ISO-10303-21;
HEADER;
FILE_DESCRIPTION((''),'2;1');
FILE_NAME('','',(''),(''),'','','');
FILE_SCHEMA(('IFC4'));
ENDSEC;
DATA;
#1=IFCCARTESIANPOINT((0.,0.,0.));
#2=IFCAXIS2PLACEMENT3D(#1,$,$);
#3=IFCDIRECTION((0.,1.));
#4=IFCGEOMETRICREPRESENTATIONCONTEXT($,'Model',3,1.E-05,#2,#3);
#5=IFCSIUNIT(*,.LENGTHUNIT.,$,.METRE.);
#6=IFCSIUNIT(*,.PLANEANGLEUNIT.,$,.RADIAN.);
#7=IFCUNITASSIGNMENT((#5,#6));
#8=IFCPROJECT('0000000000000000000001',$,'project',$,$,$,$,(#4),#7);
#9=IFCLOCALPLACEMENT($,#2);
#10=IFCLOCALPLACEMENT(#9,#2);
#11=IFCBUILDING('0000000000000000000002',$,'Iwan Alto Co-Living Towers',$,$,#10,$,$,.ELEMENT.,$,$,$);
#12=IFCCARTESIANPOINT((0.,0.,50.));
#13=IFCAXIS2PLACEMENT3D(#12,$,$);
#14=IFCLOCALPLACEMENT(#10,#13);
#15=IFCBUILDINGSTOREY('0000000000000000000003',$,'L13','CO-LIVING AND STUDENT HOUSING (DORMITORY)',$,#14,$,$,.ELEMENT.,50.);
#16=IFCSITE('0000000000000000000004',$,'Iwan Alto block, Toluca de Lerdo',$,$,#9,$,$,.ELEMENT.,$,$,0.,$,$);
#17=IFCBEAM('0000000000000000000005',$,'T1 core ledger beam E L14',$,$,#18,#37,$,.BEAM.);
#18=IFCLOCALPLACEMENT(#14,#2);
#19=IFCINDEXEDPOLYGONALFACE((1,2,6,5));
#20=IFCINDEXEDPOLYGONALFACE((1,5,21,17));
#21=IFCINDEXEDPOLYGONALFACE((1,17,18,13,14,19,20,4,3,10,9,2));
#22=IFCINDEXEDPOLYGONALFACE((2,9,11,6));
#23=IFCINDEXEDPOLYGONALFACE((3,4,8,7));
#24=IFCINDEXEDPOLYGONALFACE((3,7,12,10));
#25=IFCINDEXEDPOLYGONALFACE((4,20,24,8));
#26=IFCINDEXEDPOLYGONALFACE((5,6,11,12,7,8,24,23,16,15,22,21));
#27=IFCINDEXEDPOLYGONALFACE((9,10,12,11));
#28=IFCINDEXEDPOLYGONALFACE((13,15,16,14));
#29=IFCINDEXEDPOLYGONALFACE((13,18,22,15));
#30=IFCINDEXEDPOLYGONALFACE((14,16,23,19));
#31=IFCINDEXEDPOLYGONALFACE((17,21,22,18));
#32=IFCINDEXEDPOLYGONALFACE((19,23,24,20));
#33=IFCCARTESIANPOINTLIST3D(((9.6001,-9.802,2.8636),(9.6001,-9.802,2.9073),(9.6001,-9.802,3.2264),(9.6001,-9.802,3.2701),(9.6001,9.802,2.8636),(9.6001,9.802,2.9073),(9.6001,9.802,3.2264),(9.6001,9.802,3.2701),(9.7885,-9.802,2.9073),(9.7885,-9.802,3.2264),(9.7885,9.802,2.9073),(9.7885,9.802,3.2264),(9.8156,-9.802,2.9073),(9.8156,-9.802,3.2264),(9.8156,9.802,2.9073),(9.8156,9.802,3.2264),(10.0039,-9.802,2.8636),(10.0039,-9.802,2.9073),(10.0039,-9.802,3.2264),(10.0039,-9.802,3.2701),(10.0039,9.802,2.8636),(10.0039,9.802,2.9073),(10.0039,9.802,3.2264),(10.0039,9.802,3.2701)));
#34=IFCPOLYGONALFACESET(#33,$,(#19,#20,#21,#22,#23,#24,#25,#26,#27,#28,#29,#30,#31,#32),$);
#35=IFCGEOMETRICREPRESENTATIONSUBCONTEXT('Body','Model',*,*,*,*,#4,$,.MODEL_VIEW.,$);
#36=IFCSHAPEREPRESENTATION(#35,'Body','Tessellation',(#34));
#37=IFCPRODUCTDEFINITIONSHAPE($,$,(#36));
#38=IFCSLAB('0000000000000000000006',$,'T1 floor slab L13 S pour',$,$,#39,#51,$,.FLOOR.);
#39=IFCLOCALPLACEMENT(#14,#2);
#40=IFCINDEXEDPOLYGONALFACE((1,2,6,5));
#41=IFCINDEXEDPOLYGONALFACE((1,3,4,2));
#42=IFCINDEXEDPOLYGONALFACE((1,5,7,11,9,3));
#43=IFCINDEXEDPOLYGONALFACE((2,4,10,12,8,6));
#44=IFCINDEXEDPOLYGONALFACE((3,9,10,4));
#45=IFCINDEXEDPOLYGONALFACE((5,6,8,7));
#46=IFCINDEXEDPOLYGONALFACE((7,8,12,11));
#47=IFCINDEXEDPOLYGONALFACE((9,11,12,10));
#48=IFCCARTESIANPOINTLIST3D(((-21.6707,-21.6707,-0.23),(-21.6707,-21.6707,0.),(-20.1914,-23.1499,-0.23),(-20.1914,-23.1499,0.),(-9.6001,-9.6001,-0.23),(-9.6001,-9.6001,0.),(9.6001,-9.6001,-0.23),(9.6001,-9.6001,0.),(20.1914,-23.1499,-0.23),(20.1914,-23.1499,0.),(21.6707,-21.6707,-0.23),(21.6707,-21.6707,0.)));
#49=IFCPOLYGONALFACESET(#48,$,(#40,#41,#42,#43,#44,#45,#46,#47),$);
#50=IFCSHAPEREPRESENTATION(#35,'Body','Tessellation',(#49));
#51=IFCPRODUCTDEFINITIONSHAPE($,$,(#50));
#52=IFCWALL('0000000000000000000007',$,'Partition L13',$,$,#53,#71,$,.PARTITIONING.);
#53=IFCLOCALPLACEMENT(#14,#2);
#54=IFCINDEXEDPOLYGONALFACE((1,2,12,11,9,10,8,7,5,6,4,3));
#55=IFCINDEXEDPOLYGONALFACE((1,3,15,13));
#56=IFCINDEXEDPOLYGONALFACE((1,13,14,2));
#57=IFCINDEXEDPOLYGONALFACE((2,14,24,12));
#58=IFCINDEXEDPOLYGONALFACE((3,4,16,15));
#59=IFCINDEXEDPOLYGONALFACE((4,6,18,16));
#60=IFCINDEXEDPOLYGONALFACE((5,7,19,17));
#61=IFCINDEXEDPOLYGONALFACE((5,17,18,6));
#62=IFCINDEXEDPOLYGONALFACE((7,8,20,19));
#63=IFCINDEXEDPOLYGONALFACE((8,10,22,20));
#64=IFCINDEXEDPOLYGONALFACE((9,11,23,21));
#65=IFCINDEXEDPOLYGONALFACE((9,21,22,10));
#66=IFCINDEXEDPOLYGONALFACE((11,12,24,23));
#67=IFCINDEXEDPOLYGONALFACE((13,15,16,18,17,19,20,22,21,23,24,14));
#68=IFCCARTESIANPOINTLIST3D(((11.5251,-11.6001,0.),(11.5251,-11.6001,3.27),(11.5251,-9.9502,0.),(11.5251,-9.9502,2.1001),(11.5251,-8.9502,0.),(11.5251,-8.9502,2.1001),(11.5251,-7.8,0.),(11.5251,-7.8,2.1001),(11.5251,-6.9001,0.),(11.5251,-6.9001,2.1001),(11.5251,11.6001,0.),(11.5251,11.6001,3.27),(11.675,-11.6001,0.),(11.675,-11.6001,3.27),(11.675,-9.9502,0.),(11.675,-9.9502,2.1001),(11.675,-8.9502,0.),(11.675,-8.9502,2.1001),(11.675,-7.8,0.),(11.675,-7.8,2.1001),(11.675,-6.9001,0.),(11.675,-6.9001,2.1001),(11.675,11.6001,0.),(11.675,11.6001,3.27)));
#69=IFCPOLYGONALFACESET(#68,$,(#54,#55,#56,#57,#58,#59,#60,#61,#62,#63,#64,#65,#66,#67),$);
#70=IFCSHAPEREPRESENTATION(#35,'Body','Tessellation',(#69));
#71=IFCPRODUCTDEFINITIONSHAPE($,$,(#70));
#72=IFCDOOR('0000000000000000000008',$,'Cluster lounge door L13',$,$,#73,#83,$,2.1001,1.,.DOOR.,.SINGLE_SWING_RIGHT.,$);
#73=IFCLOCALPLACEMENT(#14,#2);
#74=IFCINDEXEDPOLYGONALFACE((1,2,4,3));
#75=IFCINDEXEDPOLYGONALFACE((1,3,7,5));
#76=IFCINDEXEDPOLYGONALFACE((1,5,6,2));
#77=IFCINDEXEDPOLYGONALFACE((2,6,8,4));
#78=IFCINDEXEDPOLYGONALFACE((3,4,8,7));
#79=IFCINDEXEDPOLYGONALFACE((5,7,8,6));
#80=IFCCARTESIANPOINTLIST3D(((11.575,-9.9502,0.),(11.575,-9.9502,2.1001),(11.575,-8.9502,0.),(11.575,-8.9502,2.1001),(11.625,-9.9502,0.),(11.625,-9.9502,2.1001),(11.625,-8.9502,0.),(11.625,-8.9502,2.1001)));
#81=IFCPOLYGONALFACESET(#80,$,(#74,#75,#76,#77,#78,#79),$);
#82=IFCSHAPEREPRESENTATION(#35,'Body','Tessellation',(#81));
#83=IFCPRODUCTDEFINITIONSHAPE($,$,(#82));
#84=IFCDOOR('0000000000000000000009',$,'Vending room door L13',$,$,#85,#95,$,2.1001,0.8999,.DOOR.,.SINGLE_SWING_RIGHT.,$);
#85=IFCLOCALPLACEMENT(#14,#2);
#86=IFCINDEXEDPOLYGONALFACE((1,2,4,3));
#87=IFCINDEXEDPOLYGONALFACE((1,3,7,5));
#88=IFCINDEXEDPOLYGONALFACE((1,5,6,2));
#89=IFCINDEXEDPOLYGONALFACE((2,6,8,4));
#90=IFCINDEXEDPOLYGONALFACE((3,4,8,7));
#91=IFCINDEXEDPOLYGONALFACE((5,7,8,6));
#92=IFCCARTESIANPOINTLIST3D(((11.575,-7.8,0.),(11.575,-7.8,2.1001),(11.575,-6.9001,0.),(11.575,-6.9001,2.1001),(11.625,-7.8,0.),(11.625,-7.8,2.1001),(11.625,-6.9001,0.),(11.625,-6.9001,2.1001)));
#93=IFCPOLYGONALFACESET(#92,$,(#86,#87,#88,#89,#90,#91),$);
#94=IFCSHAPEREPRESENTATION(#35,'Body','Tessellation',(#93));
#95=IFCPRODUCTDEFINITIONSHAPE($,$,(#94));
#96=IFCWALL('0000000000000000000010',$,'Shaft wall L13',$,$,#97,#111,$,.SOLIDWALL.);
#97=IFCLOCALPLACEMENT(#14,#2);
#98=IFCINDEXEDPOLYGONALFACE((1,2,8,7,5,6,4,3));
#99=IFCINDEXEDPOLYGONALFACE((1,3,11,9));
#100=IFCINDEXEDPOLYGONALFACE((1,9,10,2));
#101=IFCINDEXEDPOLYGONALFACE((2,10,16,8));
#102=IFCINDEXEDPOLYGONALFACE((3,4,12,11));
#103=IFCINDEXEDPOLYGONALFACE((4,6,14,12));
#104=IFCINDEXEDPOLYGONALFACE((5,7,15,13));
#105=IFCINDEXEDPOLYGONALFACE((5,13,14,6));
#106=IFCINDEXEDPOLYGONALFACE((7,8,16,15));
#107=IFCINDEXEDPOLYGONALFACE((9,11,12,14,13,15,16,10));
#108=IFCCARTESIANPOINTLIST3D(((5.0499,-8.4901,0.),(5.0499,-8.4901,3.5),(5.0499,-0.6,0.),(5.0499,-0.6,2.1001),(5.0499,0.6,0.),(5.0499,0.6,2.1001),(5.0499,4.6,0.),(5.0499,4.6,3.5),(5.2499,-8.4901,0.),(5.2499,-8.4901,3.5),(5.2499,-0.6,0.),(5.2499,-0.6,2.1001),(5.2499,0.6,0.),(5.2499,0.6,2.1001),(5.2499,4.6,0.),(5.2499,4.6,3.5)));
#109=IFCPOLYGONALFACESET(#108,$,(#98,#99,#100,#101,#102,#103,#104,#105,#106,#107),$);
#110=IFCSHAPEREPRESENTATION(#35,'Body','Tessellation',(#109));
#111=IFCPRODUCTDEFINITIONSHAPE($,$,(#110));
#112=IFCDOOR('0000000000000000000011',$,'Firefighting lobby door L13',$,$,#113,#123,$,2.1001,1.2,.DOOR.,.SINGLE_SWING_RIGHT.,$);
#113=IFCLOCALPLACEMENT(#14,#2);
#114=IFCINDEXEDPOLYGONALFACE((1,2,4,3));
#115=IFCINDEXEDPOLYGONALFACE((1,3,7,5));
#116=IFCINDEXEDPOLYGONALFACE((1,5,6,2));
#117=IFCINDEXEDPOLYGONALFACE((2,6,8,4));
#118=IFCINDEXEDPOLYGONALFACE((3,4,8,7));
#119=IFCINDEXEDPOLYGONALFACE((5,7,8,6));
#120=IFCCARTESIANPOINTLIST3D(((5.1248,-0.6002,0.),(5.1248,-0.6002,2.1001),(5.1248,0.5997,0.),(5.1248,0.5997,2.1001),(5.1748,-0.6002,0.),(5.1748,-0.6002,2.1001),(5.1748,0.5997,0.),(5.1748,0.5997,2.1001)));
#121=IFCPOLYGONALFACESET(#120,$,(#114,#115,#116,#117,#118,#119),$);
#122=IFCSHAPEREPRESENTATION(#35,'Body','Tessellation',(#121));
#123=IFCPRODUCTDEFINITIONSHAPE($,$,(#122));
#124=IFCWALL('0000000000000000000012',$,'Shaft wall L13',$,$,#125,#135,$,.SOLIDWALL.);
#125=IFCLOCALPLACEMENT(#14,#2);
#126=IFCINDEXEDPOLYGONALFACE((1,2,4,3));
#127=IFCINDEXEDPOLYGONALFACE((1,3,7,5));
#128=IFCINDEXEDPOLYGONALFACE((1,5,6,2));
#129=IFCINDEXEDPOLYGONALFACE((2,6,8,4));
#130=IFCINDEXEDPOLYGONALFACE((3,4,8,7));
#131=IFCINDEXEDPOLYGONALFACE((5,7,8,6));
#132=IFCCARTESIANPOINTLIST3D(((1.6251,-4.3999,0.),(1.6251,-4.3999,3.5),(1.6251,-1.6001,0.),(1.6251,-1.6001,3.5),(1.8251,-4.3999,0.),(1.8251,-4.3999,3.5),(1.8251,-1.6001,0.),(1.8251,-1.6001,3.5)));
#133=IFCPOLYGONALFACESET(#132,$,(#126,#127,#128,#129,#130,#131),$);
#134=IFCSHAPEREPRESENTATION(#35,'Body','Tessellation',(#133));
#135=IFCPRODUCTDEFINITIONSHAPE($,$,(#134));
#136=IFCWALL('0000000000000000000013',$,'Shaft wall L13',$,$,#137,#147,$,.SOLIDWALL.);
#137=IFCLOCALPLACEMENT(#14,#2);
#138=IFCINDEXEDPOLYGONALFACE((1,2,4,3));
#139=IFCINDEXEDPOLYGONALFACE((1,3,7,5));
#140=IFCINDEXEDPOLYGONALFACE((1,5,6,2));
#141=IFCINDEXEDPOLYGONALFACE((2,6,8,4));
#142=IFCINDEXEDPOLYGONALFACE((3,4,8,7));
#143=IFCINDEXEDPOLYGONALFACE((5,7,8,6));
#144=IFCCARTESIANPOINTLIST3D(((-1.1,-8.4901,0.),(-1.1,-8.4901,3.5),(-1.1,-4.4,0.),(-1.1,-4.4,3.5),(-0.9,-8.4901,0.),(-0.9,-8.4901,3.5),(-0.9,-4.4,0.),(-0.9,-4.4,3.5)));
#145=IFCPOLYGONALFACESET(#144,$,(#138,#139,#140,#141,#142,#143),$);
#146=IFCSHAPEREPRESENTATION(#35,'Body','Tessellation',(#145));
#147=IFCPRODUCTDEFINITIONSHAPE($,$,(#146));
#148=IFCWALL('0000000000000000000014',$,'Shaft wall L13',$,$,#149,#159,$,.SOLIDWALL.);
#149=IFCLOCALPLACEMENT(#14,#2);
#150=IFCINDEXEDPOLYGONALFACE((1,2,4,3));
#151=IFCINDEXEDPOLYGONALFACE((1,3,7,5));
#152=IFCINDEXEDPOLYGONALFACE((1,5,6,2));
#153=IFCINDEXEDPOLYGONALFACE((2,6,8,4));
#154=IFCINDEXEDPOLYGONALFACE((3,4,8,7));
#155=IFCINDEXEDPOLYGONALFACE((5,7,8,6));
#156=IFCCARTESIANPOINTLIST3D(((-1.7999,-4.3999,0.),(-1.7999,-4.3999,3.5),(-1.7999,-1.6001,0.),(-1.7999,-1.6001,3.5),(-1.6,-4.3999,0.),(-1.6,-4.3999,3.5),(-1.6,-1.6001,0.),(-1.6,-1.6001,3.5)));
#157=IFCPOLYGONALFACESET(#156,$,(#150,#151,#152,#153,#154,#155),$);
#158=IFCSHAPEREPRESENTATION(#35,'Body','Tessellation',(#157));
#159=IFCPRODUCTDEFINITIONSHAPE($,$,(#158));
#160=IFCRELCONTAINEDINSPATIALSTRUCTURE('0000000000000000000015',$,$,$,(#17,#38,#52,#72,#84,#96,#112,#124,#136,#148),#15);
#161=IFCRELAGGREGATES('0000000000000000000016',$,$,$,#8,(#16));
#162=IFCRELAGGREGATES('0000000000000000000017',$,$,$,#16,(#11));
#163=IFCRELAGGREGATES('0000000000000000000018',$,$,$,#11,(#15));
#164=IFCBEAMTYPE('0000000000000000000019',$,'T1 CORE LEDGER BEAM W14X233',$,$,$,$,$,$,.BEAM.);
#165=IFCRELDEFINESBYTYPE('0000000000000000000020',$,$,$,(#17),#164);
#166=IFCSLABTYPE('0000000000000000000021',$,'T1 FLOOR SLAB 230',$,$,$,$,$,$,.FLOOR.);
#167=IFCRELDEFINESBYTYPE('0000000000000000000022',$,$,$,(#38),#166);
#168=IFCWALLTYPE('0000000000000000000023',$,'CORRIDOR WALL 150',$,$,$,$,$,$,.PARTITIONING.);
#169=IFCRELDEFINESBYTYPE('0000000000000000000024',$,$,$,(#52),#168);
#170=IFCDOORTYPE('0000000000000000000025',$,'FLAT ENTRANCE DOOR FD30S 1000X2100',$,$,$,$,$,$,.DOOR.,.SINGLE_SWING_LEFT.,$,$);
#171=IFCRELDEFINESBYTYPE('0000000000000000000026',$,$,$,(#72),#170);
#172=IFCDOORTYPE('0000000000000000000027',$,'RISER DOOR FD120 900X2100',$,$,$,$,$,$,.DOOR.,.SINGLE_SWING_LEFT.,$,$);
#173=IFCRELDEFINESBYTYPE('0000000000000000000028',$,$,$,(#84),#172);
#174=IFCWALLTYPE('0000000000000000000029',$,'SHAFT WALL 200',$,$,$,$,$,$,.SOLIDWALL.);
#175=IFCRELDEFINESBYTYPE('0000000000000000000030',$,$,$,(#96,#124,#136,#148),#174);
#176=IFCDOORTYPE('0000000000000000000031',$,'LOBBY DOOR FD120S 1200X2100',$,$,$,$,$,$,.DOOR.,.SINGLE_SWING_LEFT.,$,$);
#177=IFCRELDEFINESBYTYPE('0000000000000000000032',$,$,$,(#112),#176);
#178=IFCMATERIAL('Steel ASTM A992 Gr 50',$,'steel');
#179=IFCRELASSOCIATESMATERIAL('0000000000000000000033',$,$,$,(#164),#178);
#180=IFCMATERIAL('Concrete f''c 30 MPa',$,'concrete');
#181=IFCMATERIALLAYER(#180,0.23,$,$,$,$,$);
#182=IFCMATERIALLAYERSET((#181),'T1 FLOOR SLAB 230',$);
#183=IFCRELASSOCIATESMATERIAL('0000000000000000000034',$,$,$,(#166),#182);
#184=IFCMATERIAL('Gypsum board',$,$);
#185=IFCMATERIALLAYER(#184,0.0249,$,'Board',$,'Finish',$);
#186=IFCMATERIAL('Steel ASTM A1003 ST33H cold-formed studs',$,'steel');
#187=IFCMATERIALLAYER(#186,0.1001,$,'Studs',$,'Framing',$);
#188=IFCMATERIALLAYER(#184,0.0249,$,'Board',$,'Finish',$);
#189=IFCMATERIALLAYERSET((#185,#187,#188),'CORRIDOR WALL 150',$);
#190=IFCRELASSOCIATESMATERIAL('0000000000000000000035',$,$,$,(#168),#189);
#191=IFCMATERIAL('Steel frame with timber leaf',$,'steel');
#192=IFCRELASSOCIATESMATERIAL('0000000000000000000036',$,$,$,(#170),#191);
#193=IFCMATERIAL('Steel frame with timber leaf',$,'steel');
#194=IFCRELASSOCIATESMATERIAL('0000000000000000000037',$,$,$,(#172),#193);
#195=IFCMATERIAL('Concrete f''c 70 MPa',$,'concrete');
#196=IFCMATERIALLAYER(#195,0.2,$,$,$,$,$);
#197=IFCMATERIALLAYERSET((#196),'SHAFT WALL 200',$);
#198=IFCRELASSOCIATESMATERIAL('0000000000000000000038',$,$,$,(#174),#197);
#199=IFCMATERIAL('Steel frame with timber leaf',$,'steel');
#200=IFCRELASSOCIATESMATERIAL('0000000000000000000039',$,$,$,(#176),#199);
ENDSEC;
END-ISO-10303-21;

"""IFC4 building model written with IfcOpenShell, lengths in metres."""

from ifc_helpers import new_model, si_unit, direction, frame, frame_2d, origin, origin_2d, place, context, subcontext, project, spatial, polyline, rectangle, i_section, outline, extrude, material, layer, layer_set, material_profile, profile_set, type_object, element, fill, save


model = new_model("IFC4")

# Units and contexts
model_context = context("Model", 3, precision=1e-05, world=origin(), true_north=direction((0.0, 1.0)))
body_context = subcontext(model_context, "Body", "Model", "MODEL_VIEW")
ifc_project = project(units=[si_unit("LENGTHUNIT", "METRE"), si_unit("PLANEANGLEUNIT", "RADIAN")], contexts=[model_context])

# Site, building, storey
site_placement = place(None, origin())
site = spatial("IfcSite", under=ifc_project, at=site_placement, Name="Iwan Alto block, Toluca de Lerdo", CompositionType="ELEMENT", RefElevation=0.0)
building_placement = place(site_placement, origin())
building = spatial("IfcBuilding", under=site, at=building_placement, Name="Iwan Alto Co-Living Towers", CompositionType="ELEMENT")
storey_placement = place(building_placement, frame((0.0, 0.0, 50.0)))
storey = spatial("IfcBuildingStorey", under=building, at=storey_placement, Name="L13", Description="CO-LIVING AND STUDENT HOUSING (DORMITORY)", CompositionType="ELEMENT", Elevation=50.0)

# Beam
ifc_material_1 = material(Name="Steel ASTM A992 Gr 50", Category="steel")
ifc_material_profile = material_profile(ifc_material_1, i_section(OverallWidth=0.4038, OverallDepth=0.4065, WebThickness=0.0271, FlangeThickness=0.0437, at=origin_2d()), Name="W14X233")
ifc_profile_set = profile_set([ifc_material_profile], Name="Steel ASTM A992 Gr 50")
beam_type = type_object("IfcBeamType", Name="T1 CORE LEDGER BEAM W14X233", PredefinedType="BEAM", material=ifc_profile_set)
beam_placement = place(storey_placement, frame((9.802, -9.802, 3.0669), z_axis=(0.0, 1.0, 0.0), x_axis=(-1.0, 0.0, 0.0)))
element("IfcBeam", 1, at=beam_placement, inside=storey, type_object=beam_type, Name="T1 core ledger beam E L14", PredefinedType="BEAM", context=body_context, shape_type="SweptSolid", body=[
    extrude(i_section(OverallWidth=0.4038, OverallDepth=0.4065, WebThickness=0.0271, FlangeThickness=0.0437, at=origin_2d()), origin(), (0.0, 0.0, 1.0), 19.604),
])

# Slab
ifc_material_2 = material(Name="Concrete f'c 30 MPa", Category="concrete")
ifc_layer_1 = layer(ifc_material_2, 0.23)
ifc_layer_set_1 = layer_set([ifc_layer_1], Name="T1 FLOOR SLAB 230")
slab_type = type_object("IfcSlabType", Name="T1 FLOOR SLAB 230", PredefinedType="FLOOR", material=ifc_layer_set_1)
slab_placement = place(storey_placement, frame((0.0, 0.0, -0.23)))
element("IfcSlab", 2, at=slab_placement, inside=storey, type_object=slab_type, Name="T1 floor slab L13 S pour", PredefinedType="FLOOR", context=body_context, shape_type="SweptSolid", body=[
    extrude(outline(polyline([(20.1914, -23.1499), (-20.1914, -23.1499), (-21.6707, -21.6707), (-9.6001, -9.6001), (9.6001, -9.6001), (21.6707, -21.6707), (20.1914, -23.1499)])), origin(), (0.0, 0.0, 1.0), 0.23),
])

# Wall, openings, doors
ifc_material_3 = material(Name="Gypsum board")
ifc_layer_2 = layer(ifc_material_3, 0.0249, Name="Board", Category="Finish")
ifc_material_4 = material(Name="Steel ASTM A1003 ST33H cold-formed studs", Category="steel")
ifc_layer_3 = layer(ifc_material_4, 0.1001, Name="Studs", Category="Framing")
ifc_layer_4 = layer(ifc_material_3, 0.0249, Name="Board", Category="Finish")
ifc_layer_set_2 = layer_set([ifc_layer_2, ifc_layer_3, ifc_layer_4], Name="CORRIDOR WALL 150")
wall_type_1 = type_object("IfcWallType", Name="CORRIDOR WALL 150", PredefinedType="PARTITIONING", material=ifc_layer_set_2)
wall_1_placement = place(storey_placement, frame((11.6001, -11.6001, 0.0), z_axis=(0.0, 0.0, 1.0), x_axis=(0.0, 1.0, 0.0)))
wall_1 = element("IfcWall", 3, at=wall_1_placement, inside=storey, type_object=wall_type_1, Name="Partition L13", PredefinedType="PARTITIONING", context=body_context, shape_type="SweptSolid", body=[
    extrude(rectangle(XDim=23.2002, YDim=0.1499, at=frame_2d((11.6001, 0.0))), origin(), (0.0, 0.0, 1.0), 3.27),
])
opening_1_placement = place(wall_1_placement, frame((1.6499, 0.0, 0.0)))
opening_1 = element("IfcOpeningElement", 4, at=opening_1_placement, cuts=wall_1, PredefinedType="OPENING", context=body_context, shape_type="SweptSolid", body=[
    extrude(rectangle(XDim=1.0, YDim=2.1001, at=frame_2d((0.5, 1.05))), frame((0.0, 0.085, 0.0), z_axis=(0.0, -1.0, 0.0), x_axis=(1.0, 0.0, 0.0)), (0.0, 0.0, 1.0), 0.1699),
])
opening_2_placement = place(wall_1_placement, frame((3.8, 0.0, 0.0)))
opening_2 = element("IfcOpeningElement", 5, at=opening_2_placement, cuts=wall_1, PredefinedType="OPENING", context=body_context, shape_type="SweptSolid", body=[
    extrude(rectangle(XDim=0.8999, YDim=2.1001, at=frame_2d((0.45, 1.05))), frame((0.0, 0.085, 0.0), z_axis=(0.0, -1.0, 0.0), x_axis=(1.0, 0.0, 0.0)), (0.0, 0.0, 1.0), 0.1699),
])
ifc_material_5 = material(Name="Steel frame with timber leaf", Category="steel")
door_type_1 = type_object("IfcDoorType", Name="FLAT ENTRANCE DOOR FD30S 1000X2100", OperationType="SINGLE_SWING_LEFT", PredefinedType="DOOR", material=ifc_material_5)
door_1_placement = place(opening_1_placement, frame((1.0, 0.0, 0.0), z_axis=(0.0, 0.0, 1.0), x_axis=(-1.0, 0.0, 0.0)))
door_1 = element("IfcDoor", 6, at=door_1_placement, inside=storey, type_object=door_type_1, Name="Cluster lounge door L13", OperationType="SINGLE_SWING_RIGHT", OverallHeight=2.1001, OverallWidth=1.0, PredefinedType="DOOR", context=body_context, shape_type="SweptSolid", body=[
    extrude(rectangle(XDim=1.0, YDim=2.1001, at=frame_2d((0.5, 1.05))), frame((0.0, 0.0249, 0.0), z_axis=(0.0, -1.0, 0.0), x_axis=(1.0, 0.0, 0.0)), (0.0, 0.0, 1.0), 0.05),
])
fill(opening_1, door_1)
ifc_material_6 = material(Name="Steel frame with timber leaf", Category="steel")
door_type_2 = type_object("IfcDoorType", Name="RISER DOOR FD120 900X2100", OperationType="SINGLE_SWING_LEFT", PredefinedType="DOOR", material=ifc_material_6)
door_2_placement = place(opening_2_placement, frame((0.8999, 0.0, 0.0), z_axis=(0.0, 0.0, 1.0), x_axis=(-1.0, 0.0, 0.0)))
door_2 = element("IfcDoor", 7, at=door_2_placement, inside=storey, type_object=door_type_2, Name="Vending room door L13", OperationType="SINGLE_SWING_RIGHT", OverallHeight=2.1001, OverallWidth=0.8999, PredefinedType="DOOR", context=body_context, shape_type="SweptSolid", body=[
    extrude(rectangle(XDim=0.8999, YDim=2.1001, at=frame_2d((0.45, 1.05))), frame((0.0, 0.0249, 0.0), z_axis=(0.0, -1.0, 0.0), x_axis=(1.0, 0.0, 0.0)), (0.0, 0.0, 1.0), 0.05),
])
fill(opening_2, door_2)

# Wall, opening, door
ifc_material_7 = material(Name="Concrete f'c 70 MPa", Category="concrete")
ifc_layer_5 = layer(ifc_material_7, 0.2)
ifc_layer_set_3 = layer_set([ifc_layer_5], Name="SHAFT WALL 200")
wall_type_2 = type_object("IfcWallType", Name="SHAFT WALL 200", PredefinedType="SOLIDWALL", material=ifc_layer_set_3)
wall_2_placement = place(storey_placement, frame((5.1499, -8.49, 0.0), z_axis=(0.0, 0.0, 1.0), x_axis=(0.0, 1.0, 0.0)))
wall_2 = element("IfcWall", 8, at=wall_2_placement, inside=storey, type_object=wall_type_2, Name="Shaft wall L13", PredefinedType="SOLIDWALL", context=body_context, shape_type="SweptSolid", body=[
    extrude(rectangle(XDim=13.0901, YDim=0.2, at=frame_2d((6.5449, 0.0))), origin(), (0.0, 0.0, 1.0), 3.5),
])
opening_3_placement = place(wall_2_placement, frame((7.8899, 0.0, 0.0)))
opening_3 = element("IfcOpeningElement", 9, at=opening_3_placement, cuts=wall_2, PredefinedType="OPENING", context=body_context, shape_type="SweptSolid", body=[
    extrude(rectangle(XDim=1.2, YDim=2.1001, at=frame_2d((0.6001, 1.05))), frame((0.0, 0.1099, 0.0), z_axis=(0.0, -1.0, 0.0), x_axis=(1.0, 0.0, 0.0)), (0.0, 0.0, 1.0), 0.22),
])
ifc_material_8 = material(Name="Steel frame with timber leaf", Category="steel")
door_type_3 = type_object("IfcDoorType", Name="LOBBY DOOR FD120S 1200X2100", OperationType="SINGLE_SWING_LEFT", PredefinedType="DOOR", material=ifc_material_8)
door_3_placement = place(opening_3_placement, frame((1.2, 0.0, 0.0), z_axis=(0.0, 0.0, 1.0), x_axis=(-1.0, 0.0, 0.0)))
door_3 = element("IfcDoor", 10, at=door_3_placement, inside=storey, type_object=door_type_3, Name="Firefighting lobby door L13", OperationType="SINGLE_SWING_RIGHT", OverallHeight=2.1001, OverallWidth=1.2, PredefinedType="DOOR", context=body_context, shape_type="SweptSolid", body=[
    extrude(rectangle(XDim=1.2, YDim=2.1001, at=frame_2d((0.6001, 1.05))), frame((0.0, 0.0249, 0.0), z_axis=(0.0, -1.0, 0.0), x_axis=(1.0, 0.0, 0.0)), (0.0, 0.0, 1.0), 0.05),
])
fill(opening_3, door_3)

# Walls
wall_3_placement = place(storey_placement, frame((1.7251, -4.3999, 0.0), z_axis=(0.0, 0.0, 1.0), x_axis=(0.0, 1.0, 0.0)))
element("IfcWall", 11, at=wall_3_placement, inside=storey, type_object=wall_type_2, Name="Shaft wall L13", PredefinedType="SOLIDWALL", context=body_context, shape_type="SweptSolid", body=[
    extrude(rectangle(XDim=2.7998, YDim=0.2, at=frame_2d((1.3999, 0.0))), origin(), (0.0, 0.0, 1.0), 3.5),
])
wall_4_placement = place(storey_placement, frame((-1.0, -8.49, 0.0), z_axis=(0.0, 0.0, 1.0), x_axis=(0.0, 1.0, 0.0)))
element("IfcWall", 12, at=wall_4_placement, inside=storey, type_object=wall_type_2, Name="Shaft wall L13", PredefinedType="SOLIDWALL", context=body_context, shape_type="SweptSolid", body=[
    extrude(rectangle(XDim=4.0901, YDim=0.2, at=frame_2d((2.0449, 0.0))), origin(), (0.0, 0.0, 1.0), 3.5),
])
wall_5_placement = place(storey_placement, frame((-1.7, -4.3999, 0.0), z_axis=(0.0, 0.0, 1.0), x_axis=(0.0, 1.0, 0.0)))
element("IfcWall", 13, at=wall_5_placement, inside=storey, type_object=wall_type_2, Name="Shaft wall L13", PredefinedType="SOLIDWALL", context=body_context, shape_type="SweptSolid", body=[
    extrude(rectangle(XDim=2.7998, YDim=0.2, at=frame_2d((1.3999, 0.0))), origin(), (0.0, 0.0, 1.0), 3.5),
])

save(model, "model.ifc")
